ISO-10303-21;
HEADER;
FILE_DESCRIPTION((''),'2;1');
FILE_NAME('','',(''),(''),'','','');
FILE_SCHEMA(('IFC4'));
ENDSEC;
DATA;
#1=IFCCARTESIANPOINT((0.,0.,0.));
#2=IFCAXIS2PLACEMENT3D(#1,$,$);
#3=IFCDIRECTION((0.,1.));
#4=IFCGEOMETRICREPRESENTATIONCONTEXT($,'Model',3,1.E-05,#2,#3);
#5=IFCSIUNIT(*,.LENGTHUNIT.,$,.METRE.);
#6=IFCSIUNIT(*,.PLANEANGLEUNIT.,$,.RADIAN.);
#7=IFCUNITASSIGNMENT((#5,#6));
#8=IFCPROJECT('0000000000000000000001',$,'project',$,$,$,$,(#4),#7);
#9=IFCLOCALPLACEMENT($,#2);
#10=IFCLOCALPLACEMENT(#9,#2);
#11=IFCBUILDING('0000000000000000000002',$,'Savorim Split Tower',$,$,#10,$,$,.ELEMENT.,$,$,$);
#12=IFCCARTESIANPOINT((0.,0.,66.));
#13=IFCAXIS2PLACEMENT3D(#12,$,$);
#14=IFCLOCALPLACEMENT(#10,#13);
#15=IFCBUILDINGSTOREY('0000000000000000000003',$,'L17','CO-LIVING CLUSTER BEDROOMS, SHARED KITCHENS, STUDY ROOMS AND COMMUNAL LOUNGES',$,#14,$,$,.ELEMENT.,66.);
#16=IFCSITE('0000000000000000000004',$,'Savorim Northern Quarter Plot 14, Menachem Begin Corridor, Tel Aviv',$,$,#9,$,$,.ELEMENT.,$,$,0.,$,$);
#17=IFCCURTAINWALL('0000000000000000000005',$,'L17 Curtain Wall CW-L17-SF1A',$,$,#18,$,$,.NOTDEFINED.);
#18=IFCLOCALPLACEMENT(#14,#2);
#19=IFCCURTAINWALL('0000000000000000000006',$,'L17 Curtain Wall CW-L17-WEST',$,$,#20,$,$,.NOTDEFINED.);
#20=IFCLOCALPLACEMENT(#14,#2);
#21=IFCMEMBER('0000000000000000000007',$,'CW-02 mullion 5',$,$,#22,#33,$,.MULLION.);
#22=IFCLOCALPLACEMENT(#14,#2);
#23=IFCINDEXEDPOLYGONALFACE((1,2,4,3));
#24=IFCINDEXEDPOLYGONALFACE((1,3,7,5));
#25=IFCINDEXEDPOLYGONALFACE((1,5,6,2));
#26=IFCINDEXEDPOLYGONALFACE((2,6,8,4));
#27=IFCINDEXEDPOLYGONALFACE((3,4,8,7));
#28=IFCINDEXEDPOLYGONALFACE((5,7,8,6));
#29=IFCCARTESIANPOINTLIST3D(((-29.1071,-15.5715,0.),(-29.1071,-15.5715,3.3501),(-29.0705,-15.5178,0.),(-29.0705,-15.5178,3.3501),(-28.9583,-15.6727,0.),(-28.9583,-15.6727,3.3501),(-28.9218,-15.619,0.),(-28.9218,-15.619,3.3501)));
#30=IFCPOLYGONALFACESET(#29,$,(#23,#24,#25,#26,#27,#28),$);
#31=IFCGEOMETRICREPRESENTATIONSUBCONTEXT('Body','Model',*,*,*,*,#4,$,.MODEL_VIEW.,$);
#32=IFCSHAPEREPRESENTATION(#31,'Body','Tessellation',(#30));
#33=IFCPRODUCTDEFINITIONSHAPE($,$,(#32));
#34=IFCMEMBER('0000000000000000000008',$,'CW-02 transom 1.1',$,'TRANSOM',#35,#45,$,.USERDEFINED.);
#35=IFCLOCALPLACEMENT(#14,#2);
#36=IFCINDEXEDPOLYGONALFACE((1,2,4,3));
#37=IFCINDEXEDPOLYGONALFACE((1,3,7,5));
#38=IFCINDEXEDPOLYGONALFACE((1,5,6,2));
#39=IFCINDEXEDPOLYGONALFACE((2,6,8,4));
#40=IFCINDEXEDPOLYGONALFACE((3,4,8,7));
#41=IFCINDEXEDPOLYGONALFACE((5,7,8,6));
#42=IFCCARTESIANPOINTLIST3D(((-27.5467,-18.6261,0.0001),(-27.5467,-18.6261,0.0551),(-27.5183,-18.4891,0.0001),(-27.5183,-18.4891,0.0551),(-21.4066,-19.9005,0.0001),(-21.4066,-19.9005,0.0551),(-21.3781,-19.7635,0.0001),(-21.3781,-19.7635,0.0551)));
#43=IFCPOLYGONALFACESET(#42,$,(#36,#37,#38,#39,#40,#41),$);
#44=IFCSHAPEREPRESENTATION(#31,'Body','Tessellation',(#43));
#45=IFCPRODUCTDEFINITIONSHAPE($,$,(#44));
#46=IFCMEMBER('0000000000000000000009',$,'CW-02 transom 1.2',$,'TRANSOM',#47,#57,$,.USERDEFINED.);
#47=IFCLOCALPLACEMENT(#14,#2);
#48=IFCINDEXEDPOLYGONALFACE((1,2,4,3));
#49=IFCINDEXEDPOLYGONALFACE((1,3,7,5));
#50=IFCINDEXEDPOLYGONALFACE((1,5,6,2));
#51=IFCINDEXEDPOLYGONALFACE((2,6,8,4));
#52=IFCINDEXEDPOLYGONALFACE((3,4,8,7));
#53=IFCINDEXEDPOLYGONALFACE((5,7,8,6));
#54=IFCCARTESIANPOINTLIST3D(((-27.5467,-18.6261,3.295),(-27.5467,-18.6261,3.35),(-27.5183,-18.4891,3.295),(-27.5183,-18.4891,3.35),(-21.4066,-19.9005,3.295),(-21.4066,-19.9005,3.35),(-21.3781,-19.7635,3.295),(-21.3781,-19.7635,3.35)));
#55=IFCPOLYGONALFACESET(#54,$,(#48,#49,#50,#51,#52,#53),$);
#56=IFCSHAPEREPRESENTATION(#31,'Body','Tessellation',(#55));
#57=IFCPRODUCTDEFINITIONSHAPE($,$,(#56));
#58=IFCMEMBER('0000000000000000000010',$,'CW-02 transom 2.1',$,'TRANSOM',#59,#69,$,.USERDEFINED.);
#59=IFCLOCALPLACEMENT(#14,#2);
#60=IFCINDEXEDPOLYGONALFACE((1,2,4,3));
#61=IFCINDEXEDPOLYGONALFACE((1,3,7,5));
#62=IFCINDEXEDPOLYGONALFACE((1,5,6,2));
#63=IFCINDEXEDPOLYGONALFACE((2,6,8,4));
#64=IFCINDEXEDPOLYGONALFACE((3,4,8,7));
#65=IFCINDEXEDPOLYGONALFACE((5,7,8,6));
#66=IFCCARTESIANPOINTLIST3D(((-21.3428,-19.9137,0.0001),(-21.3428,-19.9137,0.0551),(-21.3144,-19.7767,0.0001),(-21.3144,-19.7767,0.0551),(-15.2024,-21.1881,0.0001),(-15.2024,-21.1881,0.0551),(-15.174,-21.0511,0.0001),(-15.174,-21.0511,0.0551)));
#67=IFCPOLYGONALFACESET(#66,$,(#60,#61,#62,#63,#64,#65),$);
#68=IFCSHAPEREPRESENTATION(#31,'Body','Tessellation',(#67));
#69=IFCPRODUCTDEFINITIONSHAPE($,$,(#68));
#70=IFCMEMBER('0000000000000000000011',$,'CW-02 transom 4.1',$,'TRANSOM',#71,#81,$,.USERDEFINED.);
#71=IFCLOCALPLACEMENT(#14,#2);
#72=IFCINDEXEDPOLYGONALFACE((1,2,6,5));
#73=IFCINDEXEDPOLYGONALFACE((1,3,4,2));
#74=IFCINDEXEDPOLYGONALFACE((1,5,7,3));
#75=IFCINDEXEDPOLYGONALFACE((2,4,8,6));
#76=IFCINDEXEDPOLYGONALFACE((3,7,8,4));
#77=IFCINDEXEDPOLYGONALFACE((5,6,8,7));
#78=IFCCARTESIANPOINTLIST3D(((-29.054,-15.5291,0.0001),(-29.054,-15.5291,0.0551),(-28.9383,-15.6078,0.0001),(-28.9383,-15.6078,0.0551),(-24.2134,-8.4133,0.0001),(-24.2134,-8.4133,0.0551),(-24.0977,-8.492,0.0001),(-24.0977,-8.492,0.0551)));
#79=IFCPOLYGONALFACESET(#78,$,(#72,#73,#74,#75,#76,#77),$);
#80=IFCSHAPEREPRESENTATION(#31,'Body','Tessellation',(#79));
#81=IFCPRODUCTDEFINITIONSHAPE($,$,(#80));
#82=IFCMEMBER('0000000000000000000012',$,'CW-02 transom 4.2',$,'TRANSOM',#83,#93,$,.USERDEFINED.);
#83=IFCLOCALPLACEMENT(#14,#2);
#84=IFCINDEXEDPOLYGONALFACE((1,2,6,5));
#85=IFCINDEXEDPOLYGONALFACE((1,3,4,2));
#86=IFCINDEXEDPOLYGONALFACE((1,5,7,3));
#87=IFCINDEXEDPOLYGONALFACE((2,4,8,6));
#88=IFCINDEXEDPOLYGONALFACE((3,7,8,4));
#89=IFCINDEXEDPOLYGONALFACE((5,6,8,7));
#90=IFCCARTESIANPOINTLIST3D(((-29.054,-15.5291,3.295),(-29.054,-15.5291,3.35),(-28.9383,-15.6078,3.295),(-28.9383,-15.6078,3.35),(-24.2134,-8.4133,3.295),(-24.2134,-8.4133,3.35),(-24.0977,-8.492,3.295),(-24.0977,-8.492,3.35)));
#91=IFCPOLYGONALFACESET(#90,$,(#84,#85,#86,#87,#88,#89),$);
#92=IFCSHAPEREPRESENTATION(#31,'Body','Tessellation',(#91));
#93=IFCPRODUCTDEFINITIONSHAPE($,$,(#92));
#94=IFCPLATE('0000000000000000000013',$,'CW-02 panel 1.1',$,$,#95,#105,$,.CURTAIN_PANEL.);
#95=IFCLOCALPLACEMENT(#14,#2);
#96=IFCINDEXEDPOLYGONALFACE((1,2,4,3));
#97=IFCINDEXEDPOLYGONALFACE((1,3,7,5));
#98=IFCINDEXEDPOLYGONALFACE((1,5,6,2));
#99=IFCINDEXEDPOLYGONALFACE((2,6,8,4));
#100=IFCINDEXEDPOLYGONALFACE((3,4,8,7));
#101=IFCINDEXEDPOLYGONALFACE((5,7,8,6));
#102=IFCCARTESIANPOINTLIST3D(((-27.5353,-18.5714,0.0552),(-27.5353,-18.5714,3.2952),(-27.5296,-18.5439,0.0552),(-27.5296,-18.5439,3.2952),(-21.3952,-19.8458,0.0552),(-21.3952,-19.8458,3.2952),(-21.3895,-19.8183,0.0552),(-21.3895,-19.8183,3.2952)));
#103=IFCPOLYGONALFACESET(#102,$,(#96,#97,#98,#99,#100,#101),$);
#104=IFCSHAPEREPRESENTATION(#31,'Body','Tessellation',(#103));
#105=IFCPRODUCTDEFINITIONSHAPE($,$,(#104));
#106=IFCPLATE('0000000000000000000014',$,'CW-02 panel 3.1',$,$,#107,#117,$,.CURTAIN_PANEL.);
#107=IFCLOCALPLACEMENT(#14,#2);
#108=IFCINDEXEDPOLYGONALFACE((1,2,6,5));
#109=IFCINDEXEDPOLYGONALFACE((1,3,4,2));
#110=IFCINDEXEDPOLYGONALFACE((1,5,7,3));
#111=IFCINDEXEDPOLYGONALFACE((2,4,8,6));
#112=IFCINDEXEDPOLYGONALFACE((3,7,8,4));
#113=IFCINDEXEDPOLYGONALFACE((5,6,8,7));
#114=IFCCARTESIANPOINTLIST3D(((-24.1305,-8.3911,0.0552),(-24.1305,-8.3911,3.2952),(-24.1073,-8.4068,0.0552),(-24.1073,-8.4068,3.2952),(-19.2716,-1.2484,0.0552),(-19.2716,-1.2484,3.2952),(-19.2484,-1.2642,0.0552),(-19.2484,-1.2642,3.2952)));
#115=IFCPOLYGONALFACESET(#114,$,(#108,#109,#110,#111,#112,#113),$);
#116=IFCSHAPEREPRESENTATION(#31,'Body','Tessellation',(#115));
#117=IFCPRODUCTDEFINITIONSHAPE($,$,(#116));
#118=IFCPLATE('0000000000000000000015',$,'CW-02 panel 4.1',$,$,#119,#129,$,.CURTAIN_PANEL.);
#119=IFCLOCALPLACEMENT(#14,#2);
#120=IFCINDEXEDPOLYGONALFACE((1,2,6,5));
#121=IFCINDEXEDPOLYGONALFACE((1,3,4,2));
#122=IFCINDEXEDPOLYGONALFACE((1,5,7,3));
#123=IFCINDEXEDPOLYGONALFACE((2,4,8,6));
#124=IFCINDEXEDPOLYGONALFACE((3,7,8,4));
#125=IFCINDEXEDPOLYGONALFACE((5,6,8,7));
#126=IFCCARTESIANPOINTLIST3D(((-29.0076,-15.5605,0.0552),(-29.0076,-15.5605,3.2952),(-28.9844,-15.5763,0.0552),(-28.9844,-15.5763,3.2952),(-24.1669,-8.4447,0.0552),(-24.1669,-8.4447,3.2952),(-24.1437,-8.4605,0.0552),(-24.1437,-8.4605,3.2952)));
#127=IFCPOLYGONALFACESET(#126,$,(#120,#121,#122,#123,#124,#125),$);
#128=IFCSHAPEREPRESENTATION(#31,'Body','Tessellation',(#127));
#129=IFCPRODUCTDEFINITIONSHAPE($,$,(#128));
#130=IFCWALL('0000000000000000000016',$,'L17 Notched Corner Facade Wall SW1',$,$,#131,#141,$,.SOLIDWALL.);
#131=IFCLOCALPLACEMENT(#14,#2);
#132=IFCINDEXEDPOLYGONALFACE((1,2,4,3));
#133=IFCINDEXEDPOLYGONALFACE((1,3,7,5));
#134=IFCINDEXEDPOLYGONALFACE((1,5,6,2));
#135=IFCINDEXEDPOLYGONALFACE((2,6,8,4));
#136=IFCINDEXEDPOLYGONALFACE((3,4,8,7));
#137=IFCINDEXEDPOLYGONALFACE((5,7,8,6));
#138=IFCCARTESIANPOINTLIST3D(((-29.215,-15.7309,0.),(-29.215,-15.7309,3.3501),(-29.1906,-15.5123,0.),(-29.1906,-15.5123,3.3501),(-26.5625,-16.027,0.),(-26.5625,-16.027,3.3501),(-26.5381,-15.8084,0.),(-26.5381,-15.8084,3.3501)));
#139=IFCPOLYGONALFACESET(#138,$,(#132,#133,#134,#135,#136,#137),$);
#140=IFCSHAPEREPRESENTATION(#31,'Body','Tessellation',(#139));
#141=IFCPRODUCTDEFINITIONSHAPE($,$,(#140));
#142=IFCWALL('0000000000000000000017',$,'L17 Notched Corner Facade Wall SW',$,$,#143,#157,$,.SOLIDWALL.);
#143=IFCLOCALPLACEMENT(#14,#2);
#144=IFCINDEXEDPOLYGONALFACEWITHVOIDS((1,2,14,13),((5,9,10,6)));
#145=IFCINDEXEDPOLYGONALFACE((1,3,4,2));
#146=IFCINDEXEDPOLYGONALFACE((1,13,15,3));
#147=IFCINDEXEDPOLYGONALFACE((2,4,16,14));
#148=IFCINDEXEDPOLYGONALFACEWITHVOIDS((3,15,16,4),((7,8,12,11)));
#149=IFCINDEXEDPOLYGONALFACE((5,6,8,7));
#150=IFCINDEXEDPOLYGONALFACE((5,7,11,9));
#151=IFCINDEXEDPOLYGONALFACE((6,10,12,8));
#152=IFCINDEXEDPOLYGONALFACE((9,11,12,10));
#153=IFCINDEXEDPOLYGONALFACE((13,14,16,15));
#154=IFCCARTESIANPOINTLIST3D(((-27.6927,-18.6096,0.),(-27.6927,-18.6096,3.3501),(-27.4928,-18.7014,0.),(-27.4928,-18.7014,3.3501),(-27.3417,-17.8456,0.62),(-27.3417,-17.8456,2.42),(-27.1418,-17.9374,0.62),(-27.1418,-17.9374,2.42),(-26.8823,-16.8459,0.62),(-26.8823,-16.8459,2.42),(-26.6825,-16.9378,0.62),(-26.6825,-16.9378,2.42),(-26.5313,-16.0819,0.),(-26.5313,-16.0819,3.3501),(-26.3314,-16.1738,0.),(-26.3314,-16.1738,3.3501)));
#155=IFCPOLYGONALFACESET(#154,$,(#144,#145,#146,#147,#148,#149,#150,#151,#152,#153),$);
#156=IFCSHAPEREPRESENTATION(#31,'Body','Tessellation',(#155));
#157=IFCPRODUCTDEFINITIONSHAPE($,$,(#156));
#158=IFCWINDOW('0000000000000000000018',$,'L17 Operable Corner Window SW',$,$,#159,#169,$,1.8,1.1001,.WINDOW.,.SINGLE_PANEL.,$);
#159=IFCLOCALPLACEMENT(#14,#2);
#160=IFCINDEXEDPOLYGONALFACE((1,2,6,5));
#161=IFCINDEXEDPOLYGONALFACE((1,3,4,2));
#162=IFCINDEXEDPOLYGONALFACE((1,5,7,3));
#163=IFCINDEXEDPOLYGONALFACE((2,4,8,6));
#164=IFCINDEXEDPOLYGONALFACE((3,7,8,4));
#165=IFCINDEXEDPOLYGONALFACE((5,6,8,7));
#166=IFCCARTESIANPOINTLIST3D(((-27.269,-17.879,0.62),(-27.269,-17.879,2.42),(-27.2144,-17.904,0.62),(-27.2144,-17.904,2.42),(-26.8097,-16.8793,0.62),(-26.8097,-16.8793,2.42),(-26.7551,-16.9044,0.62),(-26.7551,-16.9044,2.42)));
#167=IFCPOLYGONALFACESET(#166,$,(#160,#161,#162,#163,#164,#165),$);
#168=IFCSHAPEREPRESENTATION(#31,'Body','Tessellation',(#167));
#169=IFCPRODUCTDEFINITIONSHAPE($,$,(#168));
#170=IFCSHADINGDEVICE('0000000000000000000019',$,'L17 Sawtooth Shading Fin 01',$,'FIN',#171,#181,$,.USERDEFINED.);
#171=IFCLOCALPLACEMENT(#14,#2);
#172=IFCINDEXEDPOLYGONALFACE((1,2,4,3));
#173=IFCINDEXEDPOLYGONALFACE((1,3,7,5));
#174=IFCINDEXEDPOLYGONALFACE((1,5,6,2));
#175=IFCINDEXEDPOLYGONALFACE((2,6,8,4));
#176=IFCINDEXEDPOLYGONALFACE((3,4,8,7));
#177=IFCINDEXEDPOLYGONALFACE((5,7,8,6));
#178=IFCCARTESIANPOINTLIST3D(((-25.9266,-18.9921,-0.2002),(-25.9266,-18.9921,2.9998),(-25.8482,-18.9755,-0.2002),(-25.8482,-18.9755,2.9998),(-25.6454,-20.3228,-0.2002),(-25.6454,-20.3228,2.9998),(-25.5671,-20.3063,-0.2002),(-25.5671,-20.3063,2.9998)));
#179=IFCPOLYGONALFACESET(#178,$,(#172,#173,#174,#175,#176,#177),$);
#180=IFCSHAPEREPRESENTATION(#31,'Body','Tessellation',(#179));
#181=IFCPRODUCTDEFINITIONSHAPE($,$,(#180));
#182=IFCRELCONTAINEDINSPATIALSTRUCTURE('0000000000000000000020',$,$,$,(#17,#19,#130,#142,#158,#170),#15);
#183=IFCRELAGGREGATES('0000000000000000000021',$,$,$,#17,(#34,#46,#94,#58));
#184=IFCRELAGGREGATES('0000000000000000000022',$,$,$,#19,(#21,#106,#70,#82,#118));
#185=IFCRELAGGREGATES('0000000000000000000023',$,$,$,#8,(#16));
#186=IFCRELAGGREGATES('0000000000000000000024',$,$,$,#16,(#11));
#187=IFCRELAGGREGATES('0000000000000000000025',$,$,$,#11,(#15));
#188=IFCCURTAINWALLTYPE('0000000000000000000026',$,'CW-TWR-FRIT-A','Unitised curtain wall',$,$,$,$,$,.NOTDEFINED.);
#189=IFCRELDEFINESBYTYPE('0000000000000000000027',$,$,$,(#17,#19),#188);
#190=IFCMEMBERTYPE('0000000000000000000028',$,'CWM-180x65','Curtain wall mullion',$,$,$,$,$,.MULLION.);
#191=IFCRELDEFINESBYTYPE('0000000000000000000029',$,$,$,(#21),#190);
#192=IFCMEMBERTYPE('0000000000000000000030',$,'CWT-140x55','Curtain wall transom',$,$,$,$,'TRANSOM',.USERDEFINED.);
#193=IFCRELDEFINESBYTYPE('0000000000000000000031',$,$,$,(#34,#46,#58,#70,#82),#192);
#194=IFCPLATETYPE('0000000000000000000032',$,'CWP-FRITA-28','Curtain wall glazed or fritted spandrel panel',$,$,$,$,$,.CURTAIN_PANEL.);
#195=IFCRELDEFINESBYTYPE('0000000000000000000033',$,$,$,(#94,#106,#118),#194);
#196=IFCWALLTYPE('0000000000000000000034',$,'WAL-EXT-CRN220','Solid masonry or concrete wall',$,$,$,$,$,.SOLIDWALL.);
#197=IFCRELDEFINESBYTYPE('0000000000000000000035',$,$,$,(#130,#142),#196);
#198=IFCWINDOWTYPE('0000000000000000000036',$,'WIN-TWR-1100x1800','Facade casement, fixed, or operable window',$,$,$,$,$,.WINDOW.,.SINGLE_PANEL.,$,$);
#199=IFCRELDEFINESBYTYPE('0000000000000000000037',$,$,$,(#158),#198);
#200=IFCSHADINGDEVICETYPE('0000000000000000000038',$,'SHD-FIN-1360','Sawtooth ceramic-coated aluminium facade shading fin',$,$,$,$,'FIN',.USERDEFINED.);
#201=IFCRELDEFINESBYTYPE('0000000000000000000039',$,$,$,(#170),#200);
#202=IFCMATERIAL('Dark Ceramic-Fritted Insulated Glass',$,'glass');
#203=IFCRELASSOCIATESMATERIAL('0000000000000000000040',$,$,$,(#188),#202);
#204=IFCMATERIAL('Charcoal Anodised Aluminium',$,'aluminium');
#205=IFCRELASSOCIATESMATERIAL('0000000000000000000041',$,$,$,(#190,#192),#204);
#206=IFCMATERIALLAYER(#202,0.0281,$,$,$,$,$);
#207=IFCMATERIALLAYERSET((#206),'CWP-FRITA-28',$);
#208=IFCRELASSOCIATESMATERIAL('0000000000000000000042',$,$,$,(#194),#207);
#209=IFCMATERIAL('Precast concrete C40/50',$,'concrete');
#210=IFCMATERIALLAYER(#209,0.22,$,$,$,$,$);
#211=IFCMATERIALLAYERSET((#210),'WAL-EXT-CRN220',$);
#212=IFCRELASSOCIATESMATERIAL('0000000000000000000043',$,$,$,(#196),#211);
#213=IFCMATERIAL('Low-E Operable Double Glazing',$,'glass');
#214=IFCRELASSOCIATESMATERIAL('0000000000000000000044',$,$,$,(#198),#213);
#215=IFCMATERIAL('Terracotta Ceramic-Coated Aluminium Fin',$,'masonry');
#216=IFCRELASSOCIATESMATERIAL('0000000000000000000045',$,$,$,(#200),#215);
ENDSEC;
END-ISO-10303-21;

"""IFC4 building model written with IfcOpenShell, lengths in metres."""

from ifc_helpers import new_model, si_unit, direction, frame, frame_2d, origin, origin_2d, place, context, subcontext, project, spatial, rectangle, extrude, material, layer, layer_set, material_profile, profile_set, type_object, element, fill, aggregate, save


model = new_model("IFC4")

# Units and contexts
model_context = context("Model", 3, precision=1e-05, world=origin(), true_north=direction((0.0, 1.0)))
body_context = subcontext(model_context, "Body", "Model", "MODEL_VIEW")
ifc_project = project(units=[si_unit("LENGTHUNIT", "METRE"), si_unit("PLANEANGLEUNIT", "RADIAN")], contexts=[model_context])

# Site, building, storey
site_placement = place(None, origin())
site = spatial("IfcSite", under=ifc_project, at=site_placement, Name="Savorim Northern Quarter Plot 14, Menachem Begin Corridor, Tel Aviv", CompositionType="ELEMENT", RefElevation=0.0)
building_placement = place(site_placement, origin())
building = spatial("IfcBuilding", under=site, at=building_placement, Name="Savorim Split Tower", CompositionType="ELEMENT")
storey_placement = place(building_placement, frame((0.0, 0.0, 66.0)))
storey = spatial("IfcBuildingStorey", under=building, at=storey_placement, Name="L17", Description="CO-LIVING CLUSTER BEDROOMS, SHARED KITCHENS, STUDY ROOMS AND COMMUNAL LOUNGES", CompositionType="ELEMENT", Elevation=66.0)

# Curtain walls, member
ifc_material_1 = material(Name="Dark Ceramic-Fritted Insulated Glass", Category="glass")
curtain_wall_type = type_object("IfcCurtainWallType", Name="CW-TWR-FRIT-A", Description="Unitised curtain wall", PredefinedType="NOTDEFINED", material=ifc_material_1)
curtain_wall_1_placement = place(storey_placement, origin())
curtain_wall_1 = element("IfcCurtainWall", 1, at=curtain_wall_1_placement, inside=storey, type_object=curtain_wall_type, Name="L17 Curtain Wall CW-L17-SF1A", PredefinedType="NOTDEFINED")
ifc_material_2 = material(Name="Charcoal Anodised Aluminium", Category="aluminium")
ifc_material_profile_1 = material_profile(ifc_material_2, rectangle(XDim=0.1799, YDim=0.0649, at=origin_2d()), Name="ALU-M 180x65")
ifc_profile_set_1 = profile_set([ifc_material_profile_1], Name="Charcoal Anodised Aluminium")
member_type_1 = type_object("IfcMemberType", Name="CWM-180x65", Description="Curtain wall mullion", PredefinedType="MULLION", material=ifc_profile_set_1)
curtain_wall_2_placement = place(storey_placement, origin())
curtain_wall_2 = element("IfcCurtainWall", 2, at=curtain_wall_2_placement, inside=storey, type_object=curtain_wall_type, Name="L17 Curtain Wall CW-L17-WEST", PredefinedType="NOTDEFINED")
member_1_placement = place(storey_placement, frame((-29.0144, -15.5952, 0.0), z_axis=(0.0, 0.0, 1.0), x_axis=(0.82682, -0.562466, 0.0)))
member_1 = element("IfcMember", 3, at=member_1_placement, type_object=member_type_1, Name="CW-02 mullion 5", PredefinedType="MULLION", context=body_context, shape_type="SweptSolid", body=[
    extrude(rectangle(XDim=0.1799, YDim=0.0649, at=origin_2d()), origin(), (0.0, 0.0, 1.0), 3.3501),
])

# Members
ifc_material_profile_2 = material_profile(ifc_material_2, rectangle(XDim=0.1399, YDim=0.0549, at=origin_2d()), Name="ALU-T 140x55")
ifc_profile_set_2 = profile_set([ifc_material_profile_2], Name="Charcoal Anodised Aluminium")
member_type_2 = type_object("IfcMemberType", Name="CWT-140x55", Description="Curtain wall transom", ElementType="TRANSOM", PredefinedType="USERDEFINED", material=ifc_profile_set_2)
member_2_placement = place(storey_placement, frame((-27.5325, -18.5576, 0.0276), z_axis=(0.979132, -0.203223, 0.0), x_axis=(0.203223, 0.979132, 0.0)))
member_2 = element("IfcMember", 4, at=member_2_placement, type_object=member_type_2, Name="CW-02 transom 1.1", ObjectType="TRANSOM", PredefinedType="USERDEFINED", context=body_context, shape_type="SweptSolid", body=[
    extrude(rectangle(XDim=0.1399, YDim=0.0549, at=origin_2d()), origin(), (0.0, 0.0, 1.0), 6.271),
])
member_3_placement = place(storey_placement, frame((-27.5325, -18.5576, 3.3225), z_axis=(0.979132, -0.203223, 0.0), x_axis=(0.203223, 0.979132, 0.0)))
member_3 = element("IfcMember", 5, at=member_3_placement, type_object=member_type_2, Name="CW-02 transom 1.2", ObjectType="TRANSOM", PredefinedType="USERDEFINED", context=body_context, shape_type="SweptSolid", body=[
    extrude(rectangle(XDim=0.1399, YDim=0.0549, at=origin_2d()), origin(), (0.0, 0.0, 1.0), 6.271),
])
member_4_placement = place(storey_placement, frame((-21.3286, -19.8452, 0.0276), z_axis=(0.979134, -0.203216, 0.0), x_axis=(0.203216, 0.979134, 0.0)))
member_4 = element("IfcMember", 6, at=member_4_placement, type_object=member_type_2, Name="CW-02 transom 2.1", ObjectType="TRANSOM", PredefinedType="USERDEFINED", context=body_context, shape_type="SweptSolid", body=[
    extrude(rectangle(XDim=0.1399, YDim=0.0549, at=origin_2d()), origin(), (0.0, 0.0, 1.0), 6.2712),
])
member_5_placement = place(storey_placement, frame((-24.1555, -8.4526, 0.0276), z_axis=(-0.56246, -0.826825, 0.0), x_axis=(0.826825, -0.56246, 0.0)))
member_5 = element("IfcMember", 7, at=member_5_placement, type_object=member_type_2, Name="CW-02 transom 4.1", ObjectType="TRANSOM", PredefinedType="USERDEFINED", context=body_context, shape_type="SweptSolid", body=[
    extrude(rectangle(XDim=0.1399, YDim=0.0549, at=origin_2d()), origin(), (0.0, 0.0, 1.0), 8.6062),
])
member_6_placement = place(storey_placement, frame((-24.1555, -8.4526, 3.3225), z_axis=(-0.56246, -0.826825, 0.0), x_axis=(0.826825, -0.56246, 0.0)))
member_6 = element("IfcMember", 8, at=member_6_placement, type_object=member_type_2, Name="CW-02 transom 4.2", ObjectType="TRANSOM", PredefinedType="USERDEFINED", context=body_context, shape_type="SweptSolid", body=[
    extrude(rectangle(XDim=0.1399, YDim=0.0549, at=origin_2d()), origin(), (0.0, 0.0, 1.0), 8.6062),
])

# Plates
ifc_layer_1 = layer(ifc_material_1, 0.0281)
ifc_layer_set_1 = layer_set([ifc_layer_1], Name="CWP-FRITA-28")
plate_type = type_object("IfcPlateType", Name="CWP-FRITA-28", Description="Curtain wall glazed or fritted spandrel panel", PredefinedType="CURTAIN_PANEL", material=ifc_layer_set_1)
plate_1_placement = place(storey_placement, frame((-24.4624, -19.1948, 0.0552), z_axis=(0.0, 0.0, 1.0), x_axis=(0.979134, -0.203216, 0.0)))
plate_1 = element("IfcPlate", 9, at=plate_1_placement, type_object=plate_type, Name="CW-02 panel 1.1", PredefinedType="CURTAIN_PANEL", context=body_context, shape_type="SweptSolid", body=[
    extrude(rectangle(XDim=6.271, YDim=0.0281, at=origin_2d()), origin(), (0.0, 0.0, 1.0), 3.24),
])
aggregate(curtain_wall_1, [member_2, member_3, plate_1, member_4])
plate_2_placement = place(storey_placement, frame((-21.6895, -4.8276, 0.0552), z_axis=(0.0, 0.0, 1.0), x_axis=(-0.562466, -0.82682, 0.0)))
plate_2 = element("IfcPlate", 10, at=plate_2_placement, type_object=plate_type, Name="CW-02 panel 3.1", PredefinedType="CURTAIN_PANEL", context=body_context, shape_type="SweptSolid", body=[
    extrude(rectangle(XDim=8.6387, YDim=0.0281, at=origin_2d()), origin(), (0.0, 0.0, 1.0), 3.24),
])
plate_3_placement = place(storey_placement, frame((-26.5757, -12.0105, 0.0552), z_axis=(0.0, 0.0, 1.0), x_axis=(-0.562466, -0.82682, 0.0)))
plate_3 = element("IfcPlate", 11, at=plate_3_placement, type_object=plate_type, Name="CW-02 panel 4.1", PredefinedType="CURTAIN_PANEL", context=body_context, shape_type="SweptSolid", body=[
    extrude(rectangle(XDim=8.6062, YDim=0.0281, at=origin_2d()), origin(), (0.0, 0.0, 1.0), 3.24),
])
aggregate(curtain_wall_2, [member_1, plate_2, member_5, member_6, plate_3])

# Wall
ifc_material_3 = material(Name="Precast concrete C40/50", Category="concrete")
ifc_layer_2 = layer(ifc_material_3, 0.22)
ifc_layer_set_2 = layer_set([ifc_layer_2], Name="WAL-EXT-CRN220")
wall_type = type_object("IfcWallType", Name="WAL-EXT-CRN220", Description="Solid masonry or concrete wall", PredefinedType="SOLIDWALL", material=ifc_layer_set_2)
wall_1_placement = place(storey_placement, frame((-26.5503, -15.9177, 0.0), z_axis=(0.0, 0.0, 1.0), x_axis=(-0.993824, 0.110964, 0.0)))
element("IfcWall", 12, at=wall_1_placement, inside=storey, type_object=wall_type, Name="L17 Notched Corner Facade Wall SW1", PredefinedType="SOLIDWALL", context=body_context, shape_type="SweptSolid", body=[
    extrude(rectangle(XDim=2.6689, YDim=0.22, at=frame_2d((1.3345, 0.0))), origin(), (0.0, 0.0, 1.0), 3.3501),
])

# Wall, opening, window
wall_2_placement = place(storey_placement, frame((-27.5928, -18.6555, 0.0), z_axis=(0.0, 0.0, 1.0), x_axis=(0.417516, 0.90867, 0.0)))
wall_2 = element("IfcWall", 13, at=wall_2_placement, inside=storey, type_object=wall_type, Name="L17 Notched Corner Facade Wall SW", PredefinedType="SOLIDWALL", context=body_context, shape_type="SweptSolid", body=[
    extrude(rectangle(XDim=2.7817, YDim=0.22, at=frame_2d((1.3909, 0.0))), origin(), (0.0, 0.0, 1.0), 3.3501),
])
opening_placement = place(wall_2_placement, frame((0.8408, 0.0, 0.6201)))
opening = element("IfcOpeningElement", 14, at=opening_placement, cuts=wall_2, PredefinedType="OPENING", context=body_context, shape_type="SweptSolid", body=[
    extrude(rectangle(XDim=1.1001, YDim=1.8, at=frame_2d((0.55, 0.8999))), frame((0.0, 0.1199, 0.0), z_axis=(0.0, -1.0, 0.0), x_axis=(1.0, 0.0, 0.0)), (0.0, 0.0, 1.0), 0.24),
])
ifc_material_4 = material(Name="Low-E Operable Double Glazing", Category="glass")
window_type = type_object("IfcWindowType", Name="WIN-TWR-1100x1800", Description="Facade casement, fixed, or operable window", PartitioningType="SINGLE_PANEL", PredefinedType="WINDOW", material=ifc_material_4)
window_placement = place(opening_placement, origin())
window = element("IfcWindow", 15, at=window_placement, inside=storey, type_object=window_type, Name="L17 Operable Corner Window SW", OverallHeight=1.8, OverallWidth=1.1001, PartitioningType="SINGLE_PANEL", PredefinedType="WINDOW", context=body_context, shape_type="SweptSolid", body=[
    extrude(rectangle(XDim=1.1001, YDim=1.8, at=frame_2d((0.55, 0.8999))), frame((0.0, 0.03, 0.0), z_axis=(0.0, -1.0, 0.0), x_axis=(1.0, 0.0, 0.0)), (0.0, 0.0, 1.0), 0.0601),
])
fill(opening, window)

# Shading device
ifc_material_5 = material(Name="Terracotta Ceramic-Coated Aluminium Fin", Category="masonry")
shading_device_type = type_object("IfcShadingDeviceType", Name="SHD-FIN-1360", Description="Sawtooth ceramic-coated aluminium facade shading fin", ElementType="FIN", PredefinedType="USERDEFINED", material=ifc_material_5)
for number, where, z_axis, x_axis, name in (
    (16, (-25.7468, -19.6492, -0.2002), (0.0, 0.0, 1.0), (0.206722, -0.9784, 0.0), "L17 Sawtooth Shading Fin 01"),
):
    element("IfcShadingDevice", number, at=place(storey_placement, frame(where, z_axis=z_axis, x_axis=x_axis)), inside=storey, type_object=shading_device_type, Name=name, ObjectType="FIN", PredefinedType="USERDEFINED", context=body_context, shape_type="SweptSolid", body=[
        extrude(rectangle(XDim=1.3601, YDim=0.0801, at=origin_2d()), origin(), (0.0, 0.0, 1.0), 3.2),
    ])

save(model, "model.ifc")
